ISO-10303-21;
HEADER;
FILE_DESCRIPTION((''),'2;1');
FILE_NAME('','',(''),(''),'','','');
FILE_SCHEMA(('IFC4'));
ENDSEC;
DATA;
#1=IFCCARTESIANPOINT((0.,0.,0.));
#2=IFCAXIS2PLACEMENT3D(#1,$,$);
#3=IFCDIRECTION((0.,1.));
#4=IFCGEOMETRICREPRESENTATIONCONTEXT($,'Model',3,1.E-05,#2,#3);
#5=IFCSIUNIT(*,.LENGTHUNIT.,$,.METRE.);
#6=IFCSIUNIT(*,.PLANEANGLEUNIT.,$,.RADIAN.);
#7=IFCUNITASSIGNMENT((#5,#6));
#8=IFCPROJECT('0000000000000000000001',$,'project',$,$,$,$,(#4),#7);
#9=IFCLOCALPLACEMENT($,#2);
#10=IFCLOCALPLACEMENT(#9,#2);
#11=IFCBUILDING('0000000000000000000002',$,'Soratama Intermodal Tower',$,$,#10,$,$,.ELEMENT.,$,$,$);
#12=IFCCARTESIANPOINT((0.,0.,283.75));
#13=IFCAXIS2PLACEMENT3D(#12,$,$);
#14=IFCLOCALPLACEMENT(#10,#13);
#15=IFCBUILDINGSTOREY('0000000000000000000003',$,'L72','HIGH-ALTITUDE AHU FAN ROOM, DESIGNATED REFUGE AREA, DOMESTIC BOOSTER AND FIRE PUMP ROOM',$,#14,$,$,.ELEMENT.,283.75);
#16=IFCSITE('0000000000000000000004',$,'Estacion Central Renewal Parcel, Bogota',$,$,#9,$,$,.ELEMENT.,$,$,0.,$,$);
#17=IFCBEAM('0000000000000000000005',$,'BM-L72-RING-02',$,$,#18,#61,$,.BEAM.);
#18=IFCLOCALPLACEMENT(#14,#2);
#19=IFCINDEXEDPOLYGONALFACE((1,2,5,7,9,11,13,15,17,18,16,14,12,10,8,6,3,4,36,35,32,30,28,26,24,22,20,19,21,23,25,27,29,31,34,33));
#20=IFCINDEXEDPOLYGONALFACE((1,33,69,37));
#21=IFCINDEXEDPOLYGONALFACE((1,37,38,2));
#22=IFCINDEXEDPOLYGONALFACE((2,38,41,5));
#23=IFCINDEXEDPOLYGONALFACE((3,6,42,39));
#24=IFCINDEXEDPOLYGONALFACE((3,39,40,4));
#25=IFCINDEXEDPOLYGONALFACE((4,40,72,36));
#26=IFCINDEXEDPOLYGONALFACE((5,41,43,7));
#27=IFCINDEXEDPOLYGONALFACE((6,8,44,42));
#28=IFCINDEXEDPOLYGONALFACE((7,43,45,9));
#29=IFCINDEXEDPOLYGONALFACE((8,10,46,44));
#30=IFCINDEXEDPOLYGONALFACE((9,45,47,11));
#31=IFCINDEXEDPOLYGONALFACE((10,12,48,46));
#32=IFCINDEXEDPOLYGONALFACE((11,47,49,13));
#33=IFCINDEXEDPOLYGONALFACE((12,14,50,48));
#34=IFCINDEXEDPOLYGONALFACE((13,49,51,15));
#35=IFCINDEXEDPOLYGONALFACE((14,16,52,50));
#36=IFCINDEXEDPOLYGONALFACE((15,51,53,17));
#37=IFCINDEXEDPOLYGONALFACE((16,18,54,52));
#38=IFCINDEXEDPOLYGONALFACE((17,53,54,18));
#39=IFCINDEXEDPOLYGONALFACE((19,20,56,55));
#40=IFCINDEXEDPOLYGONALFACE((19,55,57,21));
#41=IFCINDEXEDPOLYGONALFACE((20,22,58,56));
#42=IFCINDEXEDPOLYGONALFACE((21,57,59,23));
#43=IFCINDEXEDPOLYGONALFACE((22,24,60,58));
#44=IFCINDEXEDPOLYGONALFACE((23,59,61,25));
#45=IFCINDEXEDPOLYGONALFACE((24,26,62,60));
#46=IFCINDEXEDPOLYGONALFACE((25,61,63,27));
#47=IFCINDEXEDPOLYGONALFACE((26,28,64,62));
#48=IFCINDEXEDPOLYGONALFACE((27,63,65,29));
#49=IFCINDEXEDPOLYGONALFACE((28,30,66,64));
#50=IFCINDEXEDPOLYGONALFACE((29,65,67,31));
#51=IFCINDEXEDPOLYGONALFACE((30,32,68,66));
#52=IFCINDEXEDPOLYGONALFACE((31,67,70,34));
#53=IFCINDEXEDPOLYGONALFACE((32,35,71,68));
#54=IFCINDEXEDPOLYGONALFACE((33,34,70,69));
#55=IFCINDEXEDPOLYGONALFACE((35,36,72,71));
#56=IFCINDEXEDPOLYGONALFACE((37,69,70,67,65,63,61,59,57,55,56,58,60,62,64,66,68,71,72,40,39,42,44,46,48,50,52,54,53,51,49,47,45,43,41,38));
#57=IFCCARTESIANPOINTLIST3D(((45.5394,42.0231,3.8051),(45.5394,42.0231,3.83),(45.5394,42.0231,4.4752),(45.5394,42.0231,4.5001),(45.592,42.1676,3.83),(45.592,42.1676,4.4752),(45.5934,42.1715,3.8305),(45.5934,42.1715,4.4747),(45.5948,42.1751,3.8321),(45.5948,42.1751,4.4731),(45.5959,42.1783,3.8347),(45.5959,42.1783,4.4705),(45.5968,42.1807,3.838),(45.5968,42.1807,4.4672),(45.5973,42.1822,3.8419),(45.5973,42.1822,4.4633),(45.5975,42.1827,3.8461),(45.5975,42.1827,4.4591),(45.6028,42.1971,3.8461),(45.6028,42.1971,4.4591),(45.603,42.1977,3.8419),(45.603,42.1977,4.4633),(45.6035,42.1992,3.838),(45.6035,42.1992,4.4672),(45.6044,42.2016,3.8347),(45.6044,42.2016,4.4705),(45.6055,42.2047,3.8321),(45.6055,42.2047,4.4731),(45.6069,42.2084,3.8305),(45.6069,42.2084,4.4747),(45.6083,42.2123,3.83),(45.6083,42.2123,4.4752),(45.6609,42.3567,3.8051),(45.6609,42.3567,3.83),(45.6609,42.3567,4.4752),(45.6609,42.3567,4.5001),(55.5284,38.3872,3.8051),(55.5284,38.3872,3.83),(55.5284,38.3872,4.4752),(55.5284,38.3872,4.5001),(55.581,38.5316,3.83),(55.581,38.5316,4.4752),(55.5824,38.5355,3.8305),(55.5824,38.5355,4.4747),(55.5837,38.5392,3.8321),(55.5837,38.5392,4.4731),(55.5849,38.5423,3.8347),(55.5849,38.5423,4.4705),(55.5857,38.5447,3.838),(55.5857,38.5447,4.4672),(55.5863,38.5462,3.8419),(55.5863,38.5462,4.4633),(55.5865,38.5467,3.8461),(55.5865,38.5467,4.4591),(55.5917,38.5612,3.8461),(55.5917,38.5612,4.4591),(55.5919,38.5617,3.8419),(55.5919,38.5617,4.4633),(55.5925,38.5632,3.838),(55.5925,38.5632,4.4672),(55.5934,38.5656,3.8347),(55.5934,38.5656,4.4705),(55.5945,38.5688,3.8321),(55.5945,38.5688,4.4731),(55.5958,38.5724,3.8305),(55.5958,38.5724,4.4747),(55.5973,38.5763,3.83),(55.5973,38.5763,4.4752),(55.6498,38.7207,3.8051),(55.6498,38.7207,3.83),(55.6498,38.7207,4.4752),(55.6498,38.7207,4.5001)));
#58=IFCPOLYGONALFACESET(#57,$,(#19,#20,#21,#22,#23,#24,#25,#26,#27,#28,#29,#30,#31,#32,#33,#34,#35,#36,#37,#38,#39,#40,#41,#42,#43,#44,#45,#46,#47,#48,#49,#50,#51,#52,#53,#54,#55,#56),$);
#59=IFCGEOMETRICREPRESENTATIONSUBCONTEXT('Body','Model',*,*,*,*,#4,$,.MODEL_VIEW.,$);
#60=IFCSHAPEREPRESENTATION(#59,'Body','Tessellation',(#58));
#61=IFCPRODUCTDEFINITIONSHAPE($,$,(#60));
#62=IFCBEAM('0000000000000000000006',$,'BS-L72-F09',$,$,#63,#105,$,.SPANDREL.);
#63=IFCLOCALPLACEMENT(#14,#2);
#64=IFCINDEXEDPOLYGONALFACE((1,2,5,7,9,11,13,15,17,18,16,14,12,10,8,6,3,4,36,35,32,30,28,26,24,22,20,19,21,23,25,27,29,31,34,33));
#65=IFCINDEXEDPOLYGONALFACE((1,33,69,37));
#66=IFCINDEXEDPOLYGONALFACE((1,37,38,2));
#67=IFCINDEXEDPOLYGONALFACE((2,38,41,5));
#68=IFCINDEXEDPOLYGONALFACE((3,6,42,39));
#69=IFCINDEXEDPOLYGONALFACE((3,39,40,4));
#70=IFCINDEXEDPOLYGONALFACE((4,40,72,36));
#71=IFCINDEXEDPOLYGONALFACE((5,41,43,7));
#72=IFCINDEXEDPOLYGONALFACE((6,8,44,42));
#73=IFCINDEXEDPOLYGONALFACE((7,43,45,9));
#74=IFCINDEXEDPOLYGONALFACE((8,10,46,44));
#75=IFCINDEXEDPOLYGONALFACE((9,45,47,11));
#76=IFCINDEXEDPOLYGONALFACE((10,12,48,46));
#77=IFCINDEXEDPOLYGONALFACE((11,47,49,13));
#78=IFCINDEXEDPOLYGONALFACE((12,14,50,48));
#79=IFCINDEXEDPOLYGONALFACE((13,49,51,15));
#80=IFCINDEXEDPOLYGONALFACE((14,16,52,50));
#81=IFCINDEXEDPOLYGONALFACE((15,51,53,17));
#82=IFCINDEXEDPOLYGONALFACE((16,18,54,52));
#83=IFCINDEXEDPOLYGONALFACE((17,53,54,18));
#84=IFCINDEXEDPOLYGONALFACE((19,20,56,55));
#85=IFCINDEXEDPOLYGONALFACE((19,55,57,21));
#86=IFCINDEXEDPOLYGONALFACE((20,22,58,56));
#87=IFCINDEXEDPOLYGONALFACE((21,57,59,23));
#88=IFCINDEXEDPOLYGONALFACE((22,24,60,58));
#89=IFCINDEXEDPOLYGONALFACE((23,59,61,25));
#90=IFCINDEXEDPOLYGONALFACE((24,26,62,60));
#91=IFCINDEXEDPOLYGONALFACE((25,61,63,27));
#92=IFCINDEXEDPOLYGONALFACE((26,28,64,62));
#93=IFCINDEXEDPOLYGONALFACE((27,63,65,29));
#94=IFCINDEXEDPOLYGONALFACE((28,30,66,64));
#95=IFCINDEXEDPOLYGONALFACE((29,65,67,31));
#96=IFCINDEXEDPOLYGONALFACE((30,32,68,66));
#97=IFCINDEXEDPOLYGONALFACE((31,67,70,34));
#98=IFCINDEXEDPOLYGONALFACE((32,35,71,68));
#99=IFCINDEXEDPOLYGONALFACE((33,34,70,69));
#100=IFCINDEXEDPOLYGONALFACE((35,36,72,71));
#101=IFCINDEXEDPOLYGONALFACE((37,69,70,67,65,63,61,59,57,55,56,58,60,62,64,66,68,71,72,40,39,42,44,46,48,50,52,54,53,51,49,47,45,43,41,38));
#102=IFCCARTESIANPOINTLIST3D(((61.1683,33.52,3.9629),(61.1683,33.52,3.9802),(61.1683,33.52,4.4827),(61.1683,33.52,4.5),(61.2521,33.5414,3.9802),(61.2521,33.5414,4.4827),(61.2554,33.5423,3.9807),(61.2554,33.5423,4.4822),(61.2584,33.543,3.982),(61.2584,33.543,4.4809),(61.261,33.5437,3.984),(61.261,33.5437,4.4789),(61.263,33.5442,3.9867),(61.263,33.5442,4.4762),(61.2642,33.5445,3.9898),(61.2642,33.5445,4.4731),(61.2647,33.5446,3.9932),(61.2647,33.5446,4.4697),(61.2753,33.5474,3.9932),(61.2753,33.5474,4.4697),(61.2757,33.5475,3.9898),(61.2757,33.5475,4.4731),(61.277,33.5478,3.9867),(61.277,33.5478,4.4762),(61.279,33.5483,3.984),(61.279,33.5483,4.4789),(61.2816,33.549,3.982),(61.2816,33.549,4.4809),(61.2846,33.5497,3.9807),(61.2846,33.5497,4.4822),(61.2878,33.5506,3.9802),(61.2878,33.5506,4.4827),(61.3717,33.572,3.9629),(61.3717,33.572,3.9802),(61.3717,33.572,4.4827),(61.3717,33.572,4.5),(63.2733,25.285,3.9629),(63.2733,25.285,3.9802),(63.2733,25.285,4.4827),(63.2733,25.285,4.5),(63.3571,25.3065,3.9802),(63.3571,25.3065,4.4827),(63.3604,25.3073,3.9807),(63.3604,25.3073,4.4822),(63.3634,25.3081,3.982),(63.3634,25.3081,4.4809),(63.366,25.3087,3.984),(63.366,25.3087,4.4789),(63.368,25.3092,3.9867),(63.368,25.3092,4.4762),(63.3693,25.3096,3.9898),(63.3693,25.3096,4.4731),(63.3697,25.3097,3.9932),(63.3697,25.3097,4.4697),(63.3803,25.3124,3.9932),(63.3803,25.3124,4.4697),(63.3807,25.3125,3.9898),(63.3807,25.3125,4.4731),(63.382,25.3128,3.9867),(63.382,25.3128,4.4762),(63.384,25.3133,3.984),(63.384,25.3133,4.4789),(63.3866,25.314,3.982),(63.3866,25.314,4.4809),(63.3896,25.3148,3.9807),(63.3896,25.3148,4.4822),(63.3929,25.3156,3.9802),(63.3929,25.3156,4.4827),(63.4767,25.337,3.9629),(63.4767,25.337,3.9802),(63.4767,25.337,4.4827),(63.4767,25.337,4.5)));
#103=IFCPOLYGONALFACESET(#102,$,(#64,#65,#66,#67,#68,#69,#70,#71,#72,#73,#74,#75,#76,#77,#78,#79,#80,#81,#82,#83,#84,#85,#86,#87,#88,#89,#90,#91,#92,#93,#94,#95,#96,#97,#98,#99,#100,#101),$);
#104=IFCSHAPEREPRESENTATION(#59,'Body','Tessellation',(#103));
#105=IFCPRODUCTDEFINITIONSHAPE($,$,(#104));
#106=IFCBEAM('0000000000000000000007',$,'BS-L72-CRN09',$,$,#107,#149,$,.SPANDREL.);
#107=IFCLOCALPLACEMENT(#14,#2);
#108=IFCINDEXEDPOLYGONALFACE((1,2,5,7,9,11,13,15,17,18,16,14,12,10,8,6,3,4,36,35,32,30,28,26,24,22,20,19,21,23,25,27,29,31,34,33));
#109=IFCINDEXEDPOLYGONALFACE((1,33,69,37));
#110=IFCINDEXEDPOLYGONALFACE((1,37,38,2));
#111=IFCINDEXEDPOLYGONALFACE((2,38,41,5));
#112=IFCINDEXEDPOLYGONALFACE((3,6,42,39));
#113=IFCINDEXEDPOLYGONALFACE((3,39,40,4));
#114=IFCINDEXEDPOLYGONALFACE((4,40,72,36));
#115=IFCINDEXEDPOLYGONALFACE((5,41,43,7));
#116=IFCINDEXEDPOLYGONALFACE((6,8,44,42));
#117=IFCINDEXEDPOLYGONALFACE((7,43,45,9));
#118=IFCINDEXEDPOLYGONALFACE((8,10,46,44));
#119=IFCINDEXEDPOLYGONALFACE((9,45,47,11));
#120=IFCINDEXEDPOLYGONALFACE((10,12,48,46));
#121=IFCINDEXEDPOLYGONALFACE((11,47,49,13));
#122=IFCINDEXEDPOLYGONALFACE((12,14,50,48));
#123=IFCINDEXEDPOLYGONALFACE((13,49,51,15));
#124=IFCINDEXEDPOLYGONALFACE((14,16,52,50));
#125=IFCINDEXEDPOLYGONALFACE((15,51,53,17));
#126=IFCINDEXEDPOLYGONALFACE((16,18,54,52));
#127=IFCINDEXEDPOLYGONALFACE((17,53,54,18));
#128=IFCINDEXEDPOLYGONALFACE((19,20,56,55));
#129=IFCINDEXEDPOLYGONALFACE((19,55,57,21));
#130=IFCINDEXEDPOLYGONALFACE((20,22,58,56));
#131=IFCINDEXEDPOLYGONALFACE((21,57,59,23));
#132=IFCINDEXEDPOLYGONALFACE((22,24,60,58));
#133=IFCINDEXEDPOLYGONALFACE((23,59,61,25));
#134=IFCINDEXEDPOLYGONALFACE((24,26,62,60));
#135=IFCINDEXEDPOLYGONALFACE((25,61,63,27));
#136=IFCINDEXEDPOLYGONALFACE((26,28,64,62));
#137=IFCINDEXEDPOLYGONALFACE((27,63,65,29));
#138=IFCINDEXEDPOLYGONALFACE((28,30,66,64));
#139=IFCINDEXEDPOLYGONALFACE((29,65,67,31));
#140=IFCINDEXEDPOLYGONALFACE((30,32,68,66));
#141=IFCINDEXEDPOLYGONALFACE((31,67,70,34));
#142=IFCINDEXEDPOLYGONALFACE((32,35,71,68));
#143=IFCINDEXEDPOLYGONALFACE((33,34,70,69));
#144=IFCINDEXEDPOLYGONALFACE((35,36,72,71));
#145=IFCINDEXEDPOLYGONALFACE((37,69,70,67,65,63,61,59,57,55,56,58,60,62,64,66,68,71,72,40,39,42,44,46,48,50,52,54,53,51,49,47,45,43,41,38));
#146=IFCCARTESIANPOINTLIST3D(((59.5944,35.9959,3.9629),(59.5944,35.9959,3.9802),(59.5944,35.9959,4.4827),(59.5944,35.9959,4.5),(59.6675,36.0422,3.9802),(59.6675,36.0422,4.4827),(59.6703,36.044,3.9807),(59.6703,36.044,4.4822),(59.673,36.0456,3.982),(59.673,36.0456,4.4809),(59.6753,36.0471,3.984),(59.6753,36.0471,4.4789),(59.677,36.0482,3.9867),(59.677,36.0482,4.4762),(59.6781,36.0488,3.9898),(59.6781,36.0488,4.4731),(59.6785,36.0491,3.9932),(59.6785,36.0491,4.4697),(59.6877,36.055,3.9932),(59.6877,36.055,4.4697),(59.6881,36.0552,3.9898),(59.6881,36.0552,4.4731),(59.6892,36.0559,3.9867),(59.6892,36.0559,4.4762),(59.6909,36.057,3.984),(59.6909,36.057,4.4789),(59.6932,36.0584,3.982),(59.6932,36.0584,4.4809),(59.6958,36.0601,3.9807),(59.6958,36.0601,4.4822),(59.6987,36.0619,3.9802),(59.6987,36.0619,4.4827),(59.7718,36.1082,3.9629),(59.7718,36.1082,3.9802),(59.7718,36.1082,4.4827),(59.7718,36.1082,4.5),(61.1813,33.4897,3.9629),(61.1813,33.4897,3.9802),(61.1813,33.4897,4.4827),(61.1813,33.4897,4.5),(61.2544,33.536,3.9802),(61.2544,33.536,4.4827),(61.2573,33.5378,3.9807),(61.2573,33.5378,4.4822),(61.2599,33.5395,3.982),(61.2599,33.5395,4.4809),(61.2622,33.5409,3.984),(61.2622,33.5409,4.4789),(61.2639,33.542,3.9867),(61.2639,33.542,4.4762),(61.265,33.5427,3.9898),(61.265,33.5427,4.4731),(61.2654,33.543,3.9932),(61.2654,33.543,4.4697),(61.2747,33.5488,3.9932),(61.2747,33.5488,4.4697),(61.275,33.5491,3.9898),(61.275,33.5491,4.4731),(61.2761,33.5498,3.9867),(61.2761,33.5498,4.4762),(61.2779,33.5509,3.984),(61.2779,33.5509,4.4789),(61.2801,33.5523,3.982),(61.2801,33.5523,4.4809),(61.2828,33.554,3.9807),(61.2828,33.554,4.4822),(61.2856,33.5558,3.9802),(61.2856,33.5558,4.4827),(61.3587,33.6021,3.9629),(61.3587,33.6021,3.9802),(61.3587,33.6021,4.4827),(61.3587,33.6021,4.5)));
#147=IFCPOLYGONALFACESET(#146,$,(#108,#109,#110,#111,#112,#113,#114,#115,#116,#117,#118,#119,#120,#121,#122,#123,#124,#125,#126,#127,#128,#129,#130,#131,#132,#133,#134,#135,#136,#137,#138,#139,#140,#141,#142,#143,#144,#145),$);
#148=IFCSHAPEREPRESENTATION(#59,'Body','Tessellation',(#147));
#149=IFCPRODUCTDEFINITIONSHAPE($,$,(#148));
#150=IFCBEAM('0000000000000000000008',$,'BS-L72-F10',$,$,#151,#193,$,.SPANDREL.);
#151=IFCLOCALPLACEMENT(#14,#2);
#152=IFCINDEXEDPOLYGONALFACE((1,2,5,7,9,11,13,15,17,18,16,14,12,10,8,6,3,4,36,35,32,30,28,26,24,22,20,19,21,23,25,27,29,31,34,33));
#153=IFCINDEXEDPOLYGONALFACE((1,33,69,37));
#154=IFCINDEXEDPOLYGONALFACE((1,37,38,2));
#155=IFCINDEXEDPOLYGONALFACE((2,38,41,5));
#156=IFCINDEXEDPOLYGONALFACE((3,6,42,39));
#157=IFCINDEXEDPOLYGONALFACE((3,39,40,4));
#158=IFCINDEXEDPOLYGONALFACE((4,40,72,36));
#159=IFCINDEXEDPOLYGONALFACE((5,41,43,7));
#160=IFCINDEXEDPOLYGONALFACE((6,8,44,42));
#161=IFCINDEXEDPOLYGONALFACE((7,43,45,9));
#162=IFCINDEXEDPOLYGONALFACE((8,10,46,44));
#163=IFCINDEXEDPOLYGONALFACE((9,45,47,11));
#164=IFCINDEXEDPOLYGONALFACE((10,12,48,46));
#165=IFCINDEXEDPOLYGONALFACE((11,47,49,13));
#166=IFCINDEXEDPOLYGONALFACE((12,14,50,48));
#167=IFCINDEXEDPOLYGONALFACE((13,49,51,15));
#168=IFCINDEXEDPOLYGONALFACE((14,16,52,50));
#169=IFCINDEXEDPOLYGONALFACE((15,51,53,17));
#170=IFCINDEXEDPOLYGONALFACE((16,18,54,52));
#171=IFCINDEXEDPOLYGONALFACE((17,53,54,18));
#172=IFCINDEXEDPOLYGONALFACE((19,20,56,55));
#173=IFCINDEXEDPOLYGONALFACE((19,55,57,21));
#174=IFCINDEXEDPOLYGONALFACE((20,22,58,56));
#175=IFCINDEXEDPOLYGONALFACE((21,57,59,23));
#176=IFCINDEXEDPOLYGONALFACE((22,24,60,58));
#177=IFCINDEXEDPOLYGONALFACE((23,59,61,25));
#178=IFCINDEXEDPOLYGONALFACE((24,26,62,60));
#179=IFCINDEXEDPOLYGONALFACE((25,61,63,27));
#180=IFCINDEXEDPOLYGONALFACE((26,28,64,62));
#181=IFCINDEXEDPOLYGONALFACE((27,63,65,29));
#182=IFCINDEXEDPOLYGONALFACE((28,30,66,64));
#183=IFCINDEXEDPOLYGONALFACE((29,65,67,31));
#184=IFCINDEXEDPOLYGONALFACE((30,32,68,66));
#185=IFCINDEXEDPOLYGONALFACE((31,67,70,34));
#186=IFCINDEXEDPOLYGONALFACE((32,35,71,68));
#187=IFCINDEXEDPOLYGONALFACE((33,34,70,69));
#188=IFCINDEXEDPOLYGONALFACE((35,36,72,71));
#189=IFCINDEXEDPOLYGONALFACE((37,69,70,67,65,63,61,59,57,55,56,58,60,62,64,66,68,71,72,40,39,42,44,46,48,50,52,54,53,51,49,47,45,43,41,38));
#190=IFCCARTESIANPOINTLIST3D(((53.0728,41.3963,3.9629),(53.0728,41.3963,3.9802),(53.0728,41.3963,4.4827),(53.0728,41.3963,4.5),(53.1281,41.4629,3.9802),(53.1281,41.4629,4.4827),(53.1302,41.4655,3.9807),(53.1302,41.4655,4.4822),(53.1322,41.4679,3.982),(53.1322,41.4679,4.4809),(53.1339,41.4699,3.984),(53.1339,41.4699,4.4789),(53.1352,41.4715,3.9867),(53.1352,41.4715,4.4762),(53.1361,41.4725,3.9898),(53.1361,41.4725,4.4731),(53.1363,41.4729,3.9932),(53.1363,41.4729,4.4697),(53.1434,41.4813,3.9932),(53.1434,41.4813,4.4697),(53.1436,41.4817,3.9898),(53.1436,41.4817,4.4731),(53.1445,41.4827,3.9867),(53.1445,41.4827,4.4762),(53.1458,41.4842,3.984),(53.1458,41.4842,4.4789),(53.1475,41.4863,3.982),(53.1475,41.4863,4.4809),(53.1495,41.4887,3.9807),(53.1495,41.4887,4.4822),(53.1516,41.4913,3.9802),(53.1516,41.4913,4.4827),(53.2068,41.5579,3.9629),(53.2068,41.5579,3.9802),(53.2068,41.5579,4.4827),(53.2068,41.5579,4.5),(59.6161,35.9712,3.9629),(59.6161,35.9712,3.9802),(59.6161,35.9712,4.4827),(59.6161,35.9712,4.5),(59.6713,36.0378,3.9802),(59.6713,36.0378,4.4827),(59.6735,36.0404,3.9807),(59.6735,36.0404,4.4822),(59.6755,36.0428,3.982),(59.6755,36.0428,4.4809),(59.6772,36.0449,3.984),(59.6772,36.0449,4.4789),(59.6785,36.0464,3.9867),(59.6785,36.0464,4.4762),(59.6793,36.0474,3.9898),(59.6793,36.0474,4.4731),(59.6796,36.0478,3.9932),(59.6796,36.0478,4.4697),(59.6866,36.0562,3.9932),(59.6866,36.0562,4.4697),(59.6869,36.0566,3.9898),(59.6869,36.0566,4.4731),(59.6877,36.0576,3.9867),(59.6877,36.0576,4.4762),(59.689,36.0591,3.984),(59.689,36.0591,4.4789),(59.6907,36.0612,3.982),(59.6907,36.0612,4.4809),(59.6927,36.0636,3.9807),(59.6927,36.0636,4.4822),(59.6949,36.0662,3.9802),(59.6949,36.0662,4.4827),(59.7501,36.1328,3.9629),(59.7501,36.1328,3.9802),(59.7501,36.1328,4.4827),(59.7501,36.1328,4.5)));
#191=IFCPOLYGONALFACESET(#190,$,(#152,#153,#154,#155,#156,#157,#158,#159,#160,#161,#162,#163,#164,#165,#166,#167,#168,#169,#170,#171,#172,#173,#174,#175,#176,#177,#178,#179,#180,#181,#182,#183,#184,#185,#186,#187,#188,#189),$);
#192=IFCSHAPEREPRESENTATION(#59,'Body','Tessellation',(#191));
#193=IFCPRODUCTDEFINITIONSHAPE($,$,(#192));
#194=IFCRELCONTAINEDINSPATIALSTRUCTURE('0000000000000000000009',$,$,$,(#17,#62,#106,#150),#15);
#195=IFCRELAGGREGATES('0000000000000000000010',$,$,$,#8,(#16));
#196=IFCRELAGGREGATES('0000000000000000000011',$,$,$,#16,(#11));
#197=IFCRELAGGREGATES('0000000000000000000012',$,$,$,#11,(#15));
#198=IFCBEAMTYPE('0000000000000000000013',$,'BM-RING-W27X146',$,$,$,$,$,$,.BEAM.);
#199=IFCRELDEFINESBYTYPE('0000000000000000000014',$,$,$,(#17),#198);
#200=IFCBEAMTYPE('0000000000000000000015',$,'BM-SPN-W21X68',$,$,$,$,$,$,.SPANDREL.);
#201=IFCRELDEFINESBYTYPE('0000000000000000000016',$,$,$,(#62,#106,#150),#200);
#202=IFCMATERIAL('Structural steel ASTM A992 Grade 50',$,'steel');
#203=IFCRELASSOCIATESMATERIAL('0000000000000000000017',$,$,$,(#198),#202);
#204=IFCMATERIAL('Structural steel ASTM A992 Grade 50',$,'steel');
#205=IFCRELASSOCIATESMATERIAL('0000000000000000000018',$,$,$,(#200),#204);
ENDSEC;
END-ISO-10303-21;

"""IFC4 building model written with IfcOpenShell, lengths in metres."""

from ifc_helpers import new_model, si_unit, direction, frame, origin, origin_2d, place, context, subcontext, project, spatial, i_section, extrude, material, material_profile, profile_set, type_object, element, save


model = new_model("IFC4")

# Units and contexts
model_context = context("Model", 3, precision=1e-05, world=origin(), true_north=direction((0.0, 1.0)))
body_context = subcontext(model_context, "Body", "Model", "MODEL_VIEW")
ifc_project = project(units=[si_unit("LENGTHUNIT", "METRE"), si_unit("PLANEANGLEUNIT", "RADIAN")], contexts=[model_context])

# Site, building, storey
site_placement = place(None, origin())
site = spatial("IfcSite", under=ifc_project, at=site_placement, Name="Estacion Central Renewal Parcel, Bogota", CompositionType="ELEMENT", RefElevation=0.0)
building_placement = place(site_placement, origin())
building = spatial("IfcBuilding", under=site, at=building_placement, Name="Soratama Intermodal Tower", CompositionType="ELEMENT")
storey_placement = place(building_placement, frame((0.0, 0.0, 283.75)))
storey = spatial("IfcBuildingStorey", under=building, at=storey_placement, Name="L72", Description="HIGH-ALTITUDE AHU FAN ROOM, DESIGNATED REFUGE AREA, DOMESTIC BOOSTER AND FIRE PUMP ROOM", CompositionType="ELEMENT", Elevation=283.75)

# Beams
ifc_material_1 = material(Name="Structural steel ASTM A992 Grade 50", Category="steel")
ifc_material_profile_1 = material_profile(ifc_material_1, i_section(OverallWidth=0.355, OverallDepth=0.6951, WebThickness=0.0154, FlangeThickness=0.0249, FilletRadius=0.0161, at=origin_2d()), Name="W27X146")
ifc_profile_set_1 = profile_set([ifc_material_profile_1], Name="Structural steel ASTM A992 Grade 50")
beam_type_1 = type_object("IfcBeamType", Name="BM-RING-W27X146", PredefinedType="BEAM", material=ifc_profile_set_1)
beam_1_placement = place(storey_placement, frame((55.5891, 38.554, 4.1526), z_axis=(-0.939684, 0.342044, 0.0), x_axis=(-0.342044, -0.939684, 0.0)))
element("IfcBeam", 1, at=beam_1_placement, inside=storey, type_object=beam_type_1, Name="BM-L72-RING-02", PredefinedType="BEAM", context=body_context, shape_type="SweptSolid", body=[
    extrude(i_section(OverallWidth=0.355, OverallDepth=0.6951, WebThickness=0.0154, FlangeThickness=0.0249, FilletRadius=0.0161, at=origin_2d()), origin(), (0.0, 0.0, 1.0), 10.6301),
])
ifc_material_2 = material(Name="Structural steel ASTM A992 Grade 50", Category="steel")
ifc_material_profile_2 = material_profile(ifc_material_2, i_section(OverallWidth=0.21, OverallDepth=0.5371, WebThickness=0.011, FlangeThickness=0.0173, FilletRadius=0.0129, at=origin_2d()), Name="W21X68")
ifc_profile_set_2 = profile_set([ifc_material_profile_2], Name="Structural steel ASTM A992 Grade 50")
beam_type_2 = type_object("IfcBeamType", Name="BM-SPN-W21X68", PredefinedType="SPANDREL", material=ifc_profile_set_2)
beam_2_placement = place(storey_placement, frame((63.375, 25.311, 4.2314), z_axis=(-0.247655, 0.968848, 0.0), x_axis=(-0.968848, -0.247655, 0.0)))
element("IfcBeam", 2, at=beam_2_placement, inside=storey, type_object=beam_type_2, Name="BS-L72-F09", PredefinedType="SPANDREL", context=body_context, shape_type="SweptSolid", body=[
    extrude(i_section(OverallWidth=0.21, OverallDepth=0.5371, WebThickness=0.011, FlangeThickness=0.0173, FilletRadius=0.0129, at=origin_2d()), origin(), (0.0, 0.0, 1.0), 8.4998),
])
beam_3_placement = place(storey_placement, frame((61.27, 33.5459, 4.2314), z_axis=(-0.534984, 0.844862, 0.0), x_axis=(-0.844862, -0.534984, 0.0)))
element("IfcBeam", 3, at=beam_3_placement, inside=storey, type_object=beam_type_2, Name="BS-L72-CRN09", PredefinedType="SPANDREL", context=body_context, shape_type="SweptSolid", body=[
    extrude(i_section(OverallWidth=0.21, OverallDepth=0.5371, WebThickness=0.011, FlangeThickness=0.0173, FilletRadius=0.0129, at=origin_2d()), origin(), (0.0, 0.0, 1.0), 2.9663),
])
beam_4_placement = place(storey_placement, frame((59.6831, 36.052, 4.2314), z_axis=(-0.769818, 0.638264, 0.0), x_axis=(-0.638264, -0.769818, 0.0)))
element("IfcBeam", 4, at=beam_4_placement, inside=storey, type_object=beam_type_2, Name="BS-L72-F10", PredefinedType="SPANDREL", context=body_context, shape_type="SweptSolid", body=[
    extrude(i_section(OverallWidth=0.21, OverallDepth=0.5371, WebThickness=0.011, FlangeThickness=0.0173, FilletRadius=0.0129, at=origin_2d()), origin(), (0.0, 0.0, 1.0), 8.4998),
])

save(model, "model.ifc")
